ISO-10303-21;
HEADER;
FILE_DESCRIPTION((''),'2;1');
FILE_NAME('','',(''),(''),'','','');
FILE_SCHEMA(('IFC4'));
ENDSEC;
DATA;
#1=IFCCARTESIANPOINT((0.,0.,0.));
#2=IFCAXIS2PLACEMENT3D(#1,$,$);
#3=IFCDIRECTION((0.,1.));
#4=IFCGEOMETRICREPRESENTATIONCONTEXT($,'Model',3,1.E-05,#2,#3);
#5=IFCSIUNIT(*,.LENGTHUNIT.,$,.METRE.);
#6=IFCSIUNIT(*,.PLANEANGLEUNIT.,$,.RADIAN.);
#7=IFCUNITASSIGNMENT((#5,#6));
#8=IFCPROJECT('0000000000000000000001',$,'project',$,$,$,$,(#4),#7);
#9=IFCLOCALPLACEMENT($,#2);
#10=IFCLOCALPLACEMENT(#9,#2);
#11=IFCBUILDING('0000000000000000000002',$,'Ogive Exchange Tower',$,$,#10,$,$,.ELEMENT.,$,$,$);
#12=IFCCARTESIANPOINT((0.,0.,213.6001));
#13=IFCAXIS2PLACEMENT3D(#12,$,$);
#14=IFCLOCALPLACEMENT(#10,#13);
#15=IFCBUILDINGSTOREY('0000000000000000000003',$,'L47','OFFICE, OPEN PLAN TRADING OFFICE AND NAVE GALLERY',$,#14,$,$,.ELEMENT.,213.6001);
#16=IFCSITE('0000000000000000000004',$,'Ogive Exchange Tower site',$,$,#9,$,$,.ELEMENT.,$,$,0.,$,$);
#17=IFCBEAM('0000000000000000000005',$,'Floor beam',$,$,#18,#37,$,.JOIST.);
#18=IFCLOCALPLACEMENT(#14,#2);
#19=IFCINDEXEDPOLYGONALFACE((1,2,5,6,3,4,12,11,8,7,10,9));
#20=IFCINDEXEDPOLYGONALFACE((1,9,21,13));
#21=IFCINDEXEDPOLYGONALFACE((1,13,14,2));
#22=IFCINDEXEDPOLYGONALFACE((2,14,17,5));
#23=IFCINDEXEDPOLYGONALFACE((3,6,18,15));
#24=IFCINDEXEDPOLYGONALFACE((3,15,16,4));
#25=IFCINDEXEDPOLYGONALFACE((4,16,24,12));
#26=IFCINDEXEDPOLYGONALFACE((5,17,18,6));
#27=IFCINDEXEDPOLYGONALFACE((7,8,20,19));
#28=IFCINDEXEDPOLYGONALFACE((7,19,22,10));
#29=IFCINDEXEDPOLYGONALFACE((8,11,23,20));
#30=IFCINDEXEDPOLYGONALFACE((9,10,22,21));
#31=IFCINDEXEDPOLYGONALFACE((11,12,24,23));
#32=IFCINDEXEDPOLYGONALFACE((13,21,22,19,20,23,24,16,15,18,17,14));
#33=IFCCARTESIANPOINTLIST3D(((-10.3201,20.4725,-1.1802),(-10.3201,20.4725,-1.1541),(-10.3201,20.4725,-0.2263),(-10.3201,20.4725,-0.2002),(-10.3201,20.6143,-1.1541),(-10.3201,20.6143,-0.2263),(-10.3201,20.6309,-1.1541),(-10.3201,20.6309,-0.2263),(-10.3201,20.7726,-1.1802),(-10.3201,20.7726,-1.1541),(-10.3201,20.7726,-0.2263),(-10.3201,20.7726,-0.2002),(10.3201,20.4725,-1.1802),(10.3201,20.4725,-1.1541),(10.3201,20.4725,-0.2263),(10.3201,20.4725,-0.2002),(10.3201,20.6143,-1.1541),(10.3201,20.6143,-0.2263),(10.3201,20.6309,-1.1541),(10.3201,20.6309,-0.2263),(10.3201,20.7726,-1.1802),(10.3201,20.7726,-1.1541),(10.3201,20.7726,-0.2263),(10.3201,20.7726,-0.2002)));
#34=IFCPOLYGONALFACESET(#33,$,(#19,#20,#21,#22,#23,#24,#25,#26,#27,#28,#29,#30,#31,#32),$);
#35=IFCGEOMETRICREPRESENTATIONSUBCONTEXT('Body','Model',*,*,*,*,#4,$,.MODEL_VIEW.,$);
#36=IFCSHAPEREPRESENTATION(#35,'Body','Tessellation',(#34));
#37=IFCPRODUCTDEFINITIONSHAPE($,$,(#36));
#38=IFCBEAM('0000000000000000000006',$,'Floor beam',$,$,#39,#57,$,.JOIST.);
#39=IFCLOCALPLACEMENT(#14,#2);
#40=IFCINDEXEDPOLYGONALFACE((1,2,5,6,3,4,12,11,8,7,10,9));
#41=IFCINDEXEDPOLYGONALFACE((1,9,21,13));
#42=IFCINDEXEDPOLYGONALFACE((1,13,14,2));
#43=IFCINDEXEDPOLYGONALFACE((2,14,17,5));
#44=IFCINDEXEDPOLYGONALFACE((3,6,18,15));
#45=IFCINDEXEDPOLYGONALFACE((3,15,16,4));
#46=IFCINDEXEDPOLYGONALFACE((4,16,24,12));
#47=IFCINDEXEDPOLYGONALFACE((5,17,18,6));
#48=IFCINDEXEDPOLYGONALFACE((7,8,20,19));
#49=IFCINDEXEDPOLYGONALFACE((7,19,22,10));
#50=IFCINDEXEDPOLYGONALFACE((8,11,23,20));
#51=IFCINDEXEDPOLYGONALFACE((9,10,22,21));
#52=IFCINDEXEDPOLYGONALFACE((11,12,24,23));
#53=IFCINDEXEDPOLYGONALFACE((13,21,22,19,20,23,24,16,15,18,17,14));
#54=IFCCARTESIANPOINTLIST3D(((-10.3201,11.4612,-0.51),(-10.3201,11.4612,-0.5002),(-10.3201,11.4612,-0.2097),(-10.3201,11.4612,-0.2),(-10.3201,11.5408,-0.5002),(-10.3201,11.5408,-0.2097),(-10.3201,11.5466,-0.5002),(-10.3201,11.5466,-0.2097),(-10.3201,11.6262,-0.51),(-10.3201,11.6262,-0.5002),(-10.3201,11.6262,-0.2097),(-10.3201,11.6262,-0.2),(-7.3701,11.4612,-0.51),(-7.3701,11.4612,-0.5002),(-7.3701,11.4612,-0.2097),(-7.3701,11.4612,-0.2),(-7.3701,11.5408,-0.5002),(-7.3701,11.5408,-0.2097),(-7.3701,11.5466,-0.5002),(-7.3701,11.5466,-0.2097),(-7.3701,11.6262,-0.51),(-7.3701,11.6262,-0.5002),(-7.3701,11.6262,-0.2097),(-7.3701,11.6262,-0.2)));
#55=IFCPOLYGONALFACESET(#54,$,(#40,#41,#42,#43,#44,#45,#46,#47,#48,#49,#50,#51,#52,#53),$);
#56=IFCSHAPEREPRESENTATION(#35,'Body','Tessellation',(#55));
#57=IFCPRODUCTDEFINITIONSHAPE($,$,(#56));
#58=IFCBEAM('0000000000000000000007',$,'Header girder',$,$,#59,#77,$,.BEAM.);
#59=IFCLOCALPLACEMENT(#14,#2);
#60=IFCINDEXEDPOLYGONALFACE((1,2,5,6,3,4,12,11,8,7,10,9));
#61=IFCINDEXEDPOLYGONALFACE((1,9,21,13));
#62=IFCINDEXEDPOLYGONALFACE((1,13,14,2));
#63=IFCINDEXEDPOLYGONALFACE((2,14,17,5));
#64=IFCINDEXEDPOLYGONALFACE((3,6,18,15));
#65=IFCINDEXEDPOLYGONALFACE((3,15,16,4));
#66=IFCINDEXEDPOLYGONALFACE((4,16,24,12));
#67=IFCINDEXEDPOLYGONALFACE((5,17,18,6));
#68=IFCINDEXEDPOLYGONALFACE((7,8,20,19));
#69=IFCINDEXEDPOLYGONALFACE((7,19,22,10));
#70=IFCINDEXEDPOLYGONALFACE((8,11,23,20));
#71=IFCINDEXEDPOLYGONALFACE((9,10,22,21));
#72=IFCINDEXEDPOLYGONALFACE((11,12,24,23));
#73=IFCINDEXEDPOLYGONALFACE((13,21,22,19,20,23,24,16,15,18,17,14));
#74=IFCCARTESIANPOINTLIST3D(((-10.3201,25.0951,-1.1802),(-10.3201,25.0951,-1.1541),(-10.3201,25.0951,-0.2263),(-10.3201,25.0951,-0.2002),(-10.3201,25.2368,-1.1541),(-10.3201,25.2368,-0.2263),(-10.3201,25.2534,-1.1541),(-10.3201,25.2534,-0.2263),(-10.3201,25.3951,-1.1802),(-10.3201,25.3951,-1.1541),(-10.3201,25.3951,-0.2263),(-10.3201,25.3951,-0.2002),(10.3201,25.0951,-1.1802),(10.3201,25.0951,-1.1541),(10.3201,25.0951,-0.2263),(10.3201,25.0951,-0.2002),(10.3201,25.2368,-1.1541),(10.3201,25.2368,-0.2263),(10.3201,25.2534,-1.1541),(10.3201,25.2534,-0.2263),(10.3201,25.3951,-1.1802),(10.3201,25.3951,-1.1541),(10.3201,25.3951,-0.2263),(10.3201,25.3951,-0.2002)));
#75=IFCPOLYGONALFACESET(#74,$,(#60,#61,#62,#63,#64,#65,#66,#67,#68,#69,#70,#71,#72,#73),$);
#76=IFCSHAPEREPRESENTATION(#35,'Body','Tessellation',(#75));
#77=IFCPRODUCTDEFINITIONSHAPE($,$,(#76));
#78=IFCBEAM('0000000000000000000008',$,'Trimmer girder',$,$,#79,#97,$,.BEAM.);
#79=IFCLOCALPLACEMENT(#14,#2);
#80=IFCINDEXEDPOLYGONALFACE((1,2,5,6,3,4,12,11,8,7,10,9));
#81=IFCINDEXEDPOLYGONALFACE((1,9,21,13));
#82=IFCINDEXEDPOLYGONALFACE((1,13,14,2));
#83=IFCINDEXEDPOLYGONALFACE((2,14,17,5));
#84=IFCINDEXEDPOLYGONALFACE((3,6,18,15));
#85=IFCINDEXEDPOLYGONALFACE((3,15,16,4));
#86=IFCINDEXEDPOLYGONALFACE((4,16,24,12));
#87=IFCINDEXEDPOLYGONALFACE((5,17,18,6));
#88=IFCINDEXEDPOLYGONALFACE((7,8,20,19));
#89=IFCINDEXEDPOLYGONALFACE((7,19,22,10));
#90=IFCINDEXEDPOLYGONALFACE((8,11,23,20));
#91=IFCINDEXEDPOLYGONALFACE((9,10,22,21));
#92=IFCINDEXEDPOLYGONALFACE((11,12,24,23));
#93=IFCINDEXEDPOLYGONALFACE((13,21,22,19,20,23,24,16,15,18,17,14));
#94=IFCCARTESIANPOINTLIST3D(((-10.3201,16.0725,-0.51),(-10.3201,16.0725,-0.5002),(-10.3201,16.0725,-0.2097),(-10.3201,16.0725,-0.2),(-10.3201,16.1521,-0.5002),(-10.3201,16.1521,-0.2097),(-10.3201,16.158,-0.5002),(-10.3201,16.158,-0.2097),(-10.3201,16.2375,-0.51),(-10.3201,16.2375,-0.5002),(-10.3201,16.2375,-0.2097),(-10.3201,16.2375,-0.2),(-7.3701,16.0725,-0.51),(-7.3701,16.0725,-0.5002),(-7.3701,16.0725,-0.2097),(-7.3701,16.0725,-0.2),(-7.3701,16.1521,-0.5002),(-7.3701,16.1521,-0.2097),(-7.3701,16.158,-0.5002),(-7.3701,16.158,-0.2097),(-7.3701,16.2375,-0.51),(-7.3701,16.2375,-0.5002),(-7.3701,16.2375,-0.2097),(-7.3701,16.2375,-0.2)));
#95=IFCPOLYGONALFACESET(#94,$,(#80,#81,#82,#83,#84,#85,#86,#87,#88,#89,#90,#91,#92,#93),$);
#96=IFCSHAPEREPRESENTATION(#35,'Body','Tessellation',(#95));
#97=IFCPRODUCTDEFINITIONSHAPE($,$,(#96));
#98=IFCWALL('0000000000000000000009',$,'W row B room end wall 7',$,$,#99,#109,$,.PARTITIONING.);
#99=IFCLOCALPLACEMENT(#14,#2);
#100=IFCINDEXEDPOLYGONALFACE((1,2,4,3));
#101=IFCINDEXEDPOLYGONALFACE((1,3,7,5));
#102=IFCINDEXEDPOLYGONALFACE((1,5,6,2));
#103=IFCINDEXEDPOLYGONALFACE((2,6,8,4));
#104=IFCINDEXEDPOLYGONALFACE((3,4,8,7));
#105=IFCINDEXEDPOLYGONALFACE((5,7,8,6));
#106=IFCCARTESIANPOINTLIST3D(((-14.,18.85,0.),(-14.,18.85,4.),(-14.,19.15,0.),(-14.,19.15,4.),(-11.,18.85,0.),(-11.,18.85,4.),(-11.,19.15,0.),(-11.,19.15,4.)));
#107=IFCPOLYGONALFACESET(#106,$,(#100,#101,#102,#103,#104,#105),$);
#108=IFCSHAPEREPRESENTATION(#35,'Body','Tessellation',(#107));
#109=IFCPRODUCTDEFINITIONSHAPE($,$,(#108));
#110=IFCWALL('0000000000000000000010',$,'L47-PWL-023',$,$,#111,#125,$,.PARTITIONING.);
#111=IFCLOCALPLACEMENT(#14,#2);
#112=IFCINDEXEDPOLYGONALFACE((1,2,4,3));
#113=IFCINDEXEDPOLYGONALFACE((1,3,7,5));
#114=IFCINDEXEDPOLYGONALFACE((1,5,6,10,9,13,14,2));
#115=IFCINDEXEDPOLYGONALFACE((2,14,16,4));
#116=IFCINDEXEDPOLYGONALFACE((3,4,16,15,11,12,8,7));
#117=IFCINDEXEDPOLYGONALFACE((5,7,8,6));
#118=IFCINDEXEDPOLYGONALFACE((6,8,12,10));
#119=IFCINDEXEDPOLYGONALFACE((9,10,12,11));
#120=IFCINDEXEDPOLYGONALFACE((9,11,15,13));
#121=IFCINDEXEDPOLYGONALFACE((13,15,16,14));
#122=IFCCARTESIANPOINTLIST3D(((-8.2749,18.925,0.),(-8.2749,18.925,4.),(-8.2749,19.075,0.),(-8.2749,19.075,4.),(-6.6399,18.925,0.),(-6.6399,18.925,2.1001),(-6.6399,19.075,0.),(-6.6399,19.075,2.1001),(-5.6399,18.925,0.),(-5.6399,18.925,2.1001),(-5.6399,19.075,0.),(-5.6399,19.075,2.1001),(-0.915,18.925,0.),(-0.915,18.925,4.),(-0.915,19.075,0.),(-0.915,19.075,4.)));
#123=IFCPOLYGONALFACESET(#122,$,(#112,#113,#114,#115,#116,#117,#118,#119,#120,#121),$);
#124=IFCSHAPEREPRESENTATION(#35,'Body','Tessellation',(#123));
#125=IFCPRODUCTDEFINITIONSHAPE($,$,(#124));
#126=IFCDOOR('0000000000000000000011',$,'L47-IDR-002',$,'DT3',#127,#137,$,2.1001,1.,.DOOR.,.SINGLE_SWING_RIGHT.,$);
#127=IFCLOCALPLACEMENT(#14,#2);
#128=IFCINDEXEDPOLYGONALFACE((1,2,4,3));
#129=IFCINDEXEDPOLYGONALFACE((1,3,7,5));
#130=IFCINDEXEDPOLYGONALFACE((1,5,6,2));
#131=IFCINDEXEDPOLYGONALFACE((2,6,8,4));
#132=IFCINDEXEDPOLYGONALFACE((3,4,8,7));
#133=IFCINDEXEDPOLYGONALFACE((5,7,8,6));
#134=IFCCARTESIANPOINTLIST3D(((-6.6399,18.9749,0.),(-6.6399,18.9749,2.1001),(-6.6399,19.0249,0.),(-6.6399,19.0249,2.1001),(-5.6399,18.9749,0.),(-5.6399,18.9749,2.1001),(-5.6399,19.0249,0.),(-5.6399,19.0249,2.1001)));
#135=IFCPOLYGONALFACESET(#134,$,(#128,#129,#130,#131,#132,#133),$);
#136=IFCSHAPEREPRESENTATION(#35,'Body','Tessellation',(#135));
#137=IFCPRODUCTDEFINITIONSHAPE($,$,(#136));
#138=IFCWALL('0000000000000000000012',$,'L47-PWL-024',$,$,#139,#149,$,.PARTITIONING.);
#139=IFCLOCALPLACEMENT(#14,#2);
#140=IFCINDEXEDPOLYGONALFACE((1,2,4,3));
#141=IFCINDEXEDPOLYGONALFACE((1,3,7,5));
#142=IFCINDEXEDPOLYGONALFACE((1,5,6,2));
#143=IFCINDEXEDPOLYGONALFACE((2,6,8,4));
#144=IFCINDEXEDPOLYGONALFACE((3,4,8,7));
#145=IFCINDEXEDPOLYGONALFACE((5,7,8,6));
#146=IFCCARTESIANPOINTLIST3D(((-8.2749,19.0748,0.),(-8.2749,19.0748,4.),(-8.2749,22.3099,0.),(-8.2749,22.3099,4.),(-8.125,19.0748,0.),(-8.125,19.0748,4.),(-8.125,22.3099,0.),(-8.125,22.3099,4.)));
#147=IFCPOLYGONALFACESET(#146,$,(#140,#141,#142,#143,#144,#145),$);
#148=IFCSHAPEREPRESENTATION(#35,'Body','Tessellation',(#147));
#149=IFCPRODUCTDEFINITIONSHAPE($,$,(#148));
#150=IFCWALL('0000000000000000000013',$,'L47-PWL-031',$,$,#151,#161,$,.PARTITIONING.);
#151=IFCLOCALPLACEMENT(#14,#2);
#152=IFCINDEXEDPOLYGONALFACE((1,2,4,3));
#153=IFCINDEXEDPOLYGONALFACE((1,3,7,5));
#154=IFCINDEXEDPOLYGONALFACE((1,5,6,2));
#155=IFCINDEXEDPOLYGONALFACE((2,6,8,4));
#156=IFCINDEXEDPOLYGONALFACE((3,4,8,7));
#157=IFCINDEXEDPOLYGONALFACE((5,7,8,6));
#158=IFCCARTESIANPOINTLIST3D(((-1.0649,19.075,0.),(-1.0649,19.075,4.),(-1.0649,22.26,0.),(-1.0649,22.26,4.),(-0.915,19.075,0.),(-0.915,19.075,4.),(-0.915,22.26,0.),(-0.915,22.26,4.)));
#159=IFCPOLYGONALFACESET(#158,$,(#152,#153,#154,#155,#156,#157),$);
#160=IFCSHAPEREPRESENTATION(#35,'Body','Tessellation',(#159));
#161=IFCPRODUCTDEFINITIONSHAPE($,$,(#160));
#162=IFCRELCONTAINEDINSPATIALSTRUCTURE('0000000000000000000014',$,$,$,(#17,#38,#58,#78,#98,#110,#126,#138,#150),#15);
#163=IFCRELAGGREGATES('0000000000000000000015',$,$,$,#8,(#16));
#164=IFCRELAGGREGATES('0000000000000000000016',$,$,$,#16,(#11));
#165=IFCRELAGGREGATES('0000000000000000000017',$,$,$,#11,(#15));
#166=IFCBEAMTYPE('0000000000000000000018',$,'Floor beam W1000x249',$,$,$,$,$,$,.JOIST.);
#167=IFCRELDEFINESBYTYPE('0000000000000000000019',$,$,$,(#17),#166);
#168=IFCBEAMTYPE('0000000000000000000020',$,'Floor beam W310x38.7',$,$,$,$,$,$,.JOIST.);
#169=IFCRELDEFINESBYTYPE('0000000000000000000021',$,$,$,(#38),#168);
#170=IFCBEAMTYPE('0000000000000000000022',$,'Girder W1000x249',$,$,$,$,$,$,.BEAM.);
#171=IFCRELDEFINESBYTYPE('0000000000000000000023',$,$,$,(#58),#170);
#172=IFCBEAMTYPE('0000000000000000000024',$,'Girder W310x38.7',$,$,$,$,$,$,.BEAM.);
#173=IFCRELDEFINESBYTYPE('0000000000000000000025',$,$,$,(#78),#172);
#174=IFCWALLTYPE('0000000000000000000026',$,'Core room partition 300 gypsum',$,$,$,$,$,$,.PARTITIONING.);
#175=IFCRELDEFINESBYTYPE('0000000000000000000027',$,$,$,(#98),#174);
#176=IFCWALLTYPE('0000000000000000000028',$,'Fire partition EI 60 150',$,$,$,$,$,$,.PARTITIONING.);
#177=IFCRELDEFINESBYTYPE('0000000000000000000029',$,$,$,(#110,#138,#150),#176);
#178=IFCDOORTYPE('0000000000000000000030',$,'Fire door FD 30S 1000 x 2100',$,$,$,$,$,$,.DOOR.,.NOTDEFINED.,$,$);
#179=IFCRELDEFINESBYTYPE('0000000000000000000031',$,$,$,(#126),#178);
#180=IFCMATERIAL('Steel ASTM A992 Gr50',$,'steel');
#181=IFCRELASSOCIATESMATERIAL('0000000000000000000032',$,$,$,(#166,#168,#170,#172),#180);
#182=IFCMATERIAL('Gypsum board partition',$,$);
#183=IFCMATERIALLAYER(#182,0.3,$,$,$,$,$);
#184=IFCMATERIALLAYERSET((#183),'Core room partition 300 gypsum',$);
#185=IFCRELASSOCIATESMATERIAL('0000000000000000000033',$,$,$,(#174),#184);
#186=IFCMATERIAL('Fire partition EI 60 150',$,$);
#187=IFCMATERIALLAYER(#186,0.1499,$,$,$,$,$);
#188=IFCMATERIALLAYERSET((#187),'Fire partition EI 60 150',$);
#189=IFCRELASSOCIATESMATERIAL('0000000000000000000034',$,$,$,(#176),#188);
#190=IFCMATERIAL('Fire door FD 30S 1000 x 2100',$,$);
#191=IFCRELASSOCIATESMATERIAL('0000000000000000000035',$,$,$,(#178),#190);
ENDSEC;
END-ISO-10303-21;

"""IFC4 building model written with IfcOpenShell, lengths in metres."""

from ifc_helpers import new_model, si_unit, direction, frame, frame_2d, origin, origin_2d, place, context, subcontext, project, spatial, rectangle, i_section, extrude, material, layer, layer_set, material_profile, profile_set, type_object, element, fill, save


model = new_model("IFC4")

# Units and contexts
model_context = context("Model", 3, precision=1e-05, world=origin(), true_north=direction((0.0, 1.0)))
body_context = subcontext(model_context, "Body", "Model", "MODEL_VIEW")
ifc_project = project(units=[si_unit("LENGTHUNIT", "METRE"), si_unit("PLANEANGLEUNIT", "RADIAN")], contexts=[model_context])

# Site, building, storey
site_placement = place(None, origin())
site = spatial("IfcSite", under=ifc_project, at=site_placement, Name="Ogive Exchange Tower site", CompositionType="ELEMENT", RefElevation=0.0)
building_placement = place(site_placement, origin())
building = spatial("IfcBuilding", under=site, at=building_placement, Name="Ogive Exchange Tower", CompositionType="ELEMENT")
storey_placement = place(building_placement, frame((0.0, 0.0, 213.6001)))
storey = spatial("IfcBuildingStorey", under=building, at=storey_placement, Name="L47", Description="OFFICE, OPEN PLAN TRADING OFFICE AND NAVE GALLERY", CompositionType="ELEMENT", Elevation=213.6001)

# Beams
ifc_material_1 = material(Name="Steel ASTM A992 Gr50", Category="steel")
ifc_material_profile_1 = material_profile(ifc_material_1, i_section(OverallWidth=0.3, OverallDepth=0.98, WebThickness=0.0166, FlangeThickness=0.0261, at=origin_2d()), Name="W1000x249")
ifc_profile_set_1 = profile_set([ifc_material_profile_1], Name="Steel ASTM A992 Gr50")
beam_type_1 = type_object("IfcBeamType", Name="Floor beam W1000x249", PredefinedType="JOIST", material=ifc_profile_set_1)
beam_1_placement = place(storey_placement, frame((-10.3201, 20.6226, -0.6902), z_axis=(1.0, 0.0, 0.0), x_axis=(0.0, 1.0, 0.0)))
element("IfcBeam", 1, at=beam_1_placement, inside=storey, type_object=beam_type_1, Name="Floor beam", PredefinedType="JOIST", context=body_context, shape_type="SweptSolid", body=[
    extrude(i_section(OverallWidth=0.3, OverallDepth=0.98, WebThickness=0.0166, FlangeThickness=0.0261, at=origin_2d()), origin(), (0.0, 0.0, 1.0), 20.6401),
])
ifc_material_profile_2 = material_profile(ifc_material_1, i_section(OverallWidth=0.165, OverallDepth=0.3101, WebThickness=0.0059, FlangeThickness=0.0098, at=origin_2d()), Name="W310x38.7")
ifc_profile_set_2 = profile_set([ifc_material_profile_2], Name="Steel ASTM A992 Gr50")
beam_type_2 = type_object("IfcBeamType", Name="Floor beam W310x38.7", PredefinedType="JOIST", material=ifc_profile_set_2)
beam_2_placement = place(storey_placement, frame((-10.3201, 11.5437, -0.355), z_axis=(1.0, 0.0, 0.0), x_axis=(0.0, 1.0, 0.0)))
element("IfcBeam", 2, at=beam_2_placement, inside=storey, type_object=beam_type_2, Name="Floor beam", PredefinedType="JOIST", context=body_context, shape_type="SweptSolid", body=[
    extrude(i_section(OverallWidth=0.165, OverallDepth=0.3101, WebThickness=0.0059, FlangeThickness=0.0098, at=origin_2d()), origin(), (0.0, 0.0, 1.0), 2.95),
])
ifc_material_profile_3 = material_profile(ifc_material_1, i_section(OverallWidth=0.3, OverallDepth=0.98, WebThickness=0.0166, FlangeThickness=0.0261, at=origin_2d()), Name="W1000x249")
ifc_profile_set_3 = profile_set([ifc_material_profile_3], Name="Steel ASTM A992 Gr50")
beam_type_3 = type_object("IfcBeamType", Name="Girder W1000x249", PredefinedType="BEAM", material=ifc_profile_set_3)
beam_3_placement = place(storey_placement, frame((-10.3201, 25.2451, -0.6902), z_axis=(1.0, 0.0, 0.0), x_axis=(0.0, 1.0, 0.0)))
element("IfcBeam", 3, at=beam_3_placement, inside=storey, type_object=beam_type_3, Name="Header girder", PredefinedType="BEAM", context=body_context, shape_type="SweptSolid", body=[
    extrude(i_section(OverallWidth=0.3, OverallDepth=0.98, WebThickness=0.0166, FlangeThickness=0.0261, at=origin_2d()), origin(), (0.0, 0.0, 1.0), 20.6401),
])
ifc_material_profile_4 = material_profile(ifc_material_1, i_section(OverallWidth=0.165, OverallDepth=0.3101, WebThickness=0.0059, FlangeThickness=0.0098, at=origin_2d()), Name="W310x38.7")
ifc_profile_set_4 = profile_set([ifc_material_profile_4], Name="Steel ASTM A992 Gr50")
beam_type_4 = type_object("IfcBeamType", Name="Girder W310x38.7", PredefinedType="BEAM", material=ifc_profile_set_4)
beam_4_placement = place(storey_placement, frame((-10.3201, 16.155, -0.355), z_axis=(1.0, 0.0, 0.0), x_axis=(0.0, 1.0, 0.0)))
element("IfcBeam", 4, at=beam_4_placement, inside=storey, type_object=beam_type_4, Name="Trimmer girder", PredefinedType="BEAM", context=body_context, shape_type="SweptSolid", body=[
    extrude(i_section(OverallWidth=0.165, OverallDepth=0.3101, WebThickness=0.0059, FlangeThickness=0.0098, at=origin_2d()), origin(), (0.0, 0.0, 1.0), 2.95),
])

# Wall
ifc_material_2 = material(Name="Gypsum board partition")
ifc_layer_1 = layer(ifc_material_2, 0.3)
ifc_layer_set_1 = layer_set([ifc_layer_1], Name="Core room partition 300 gypsum")
wall_type_1 = type_object("IfcWallType", Name="Core room partition 300 gypsum", PredefinedType="PARTITIONING", material=ifc_layer_set_1)
wall_1_placement = place(storey_placement, frame((-14.0, 19.0, 0.0), z_axis=(0.0, 0.0, 1.0), x_axis=(1.0, 0.0, 0.0)))
element("IfcWall", 5, at=wall_1_placement, inside=storey, type_object=wall_type_1, Name="W row B room end wall 7", PredefinedType="PARTITIONING", context=body_context, shape_type="SweptSolid", body=[
    extrude(rectangle(XDim=3.0, YDim=0.3, at=frame_2d((1.5, 0.0))), origin(), (0.0, 0.0, 1.0), 4.0),
])

# Wall, opening, door
ifc_material_3 = material(Name="Fire partition EI 60 150")
ifc_layer_2 = layer(ifc_material_3, 0.1499)
ifc_layer_set_2 = layer_set([ifc_layer_2], Name="Fire partition EI 60 150")
wall_type_2 = type_object("IfcWallType", Name="Fire partition EI 60 150", PredefinedType="PARTITIONING", material=ifc_layer_set_2)
wall_2_placement = place(storey_placement, frame((-8.2749, 19.0, 0.0), z_axis=(0.0, 0.0, 1.0), x_axis=(1.0, 0.0, 0.0)))
wall_2 = element("IfcWall", 6, at=wall_2_placement, inside=storey, type_object=wall_type_2, Name="L47-PWL-023", PredefinedType="PARTITIONING", context=body_context, shape_type="SweptSolid", body=[
    extrude(rectangle(XDim=7.3599, YDim=0.1499, at=frame_2d((3.6799, 0.0))), origin(), (0.0, 0.0, 1.0), 4.0),
])
opening_1_placement = place(wall_2_placement, frame((1.635, 0.0, 0.0)))
opening_1 = element("IfcOpeningElement", 7, at=opening_1_placement, cuts=wall_2, PredefinedType="OPENING", context=body_context, shape_type="SweptSolid", body=[
    extrude(rectangle(XDim=1.0, YDim=2.1001, at=frame_2d((0.5, 1.05))), frame((0.0, 0.085, 0.0), z_axis=(0.0, -1.0, 0.0), x_axis=(1.0, 0.0, 0.0)), (0.0, 0.0, 1.0), 0.1699),
])
ifc_material_4 = material(Name="Fire door FD 30S 1000 x 2100")
door_type_1 = type_object("IfcDoorType", Name="Fire door FD 30S 1000 x 2100", OperationType="NOTDEFINED", PredefinedType="DOOR", material=ifc_material_4)
door_1_placement = place(opening_1_placement, origin())
door_1 = element("IfcDoor", 8, at=door_1_placement, inside=storey, type_object=door_type_1, Name="L47-IDR-002", ObjectType="DT3", OperationType="SINGLE_SWING_RIGHT", OverallHeight=2.1001, OverallWidth=1.0, PredefinedType="DOOR", context=body_context, shape_type="SweptSolid", body=[
    extrude(rectangle(XDim=1.0, YDim=2.1001, at=frame_2d((0.5, 1.05))), frame((0.0, 0.0249, 0.0), z_axis=(0.0, -1.0, 0.0), x_axis=(1.0, 0.0, 0.0)), (0.0, 0.0, 1.0), 0.05),
])
fill(opening_1, door_1)

# Walls
wall_3_placement = place(storey_placement, frame((-8.2, 22.3101, 0.0), z_axis=(0.0, 0.0, 1.0), x_axis=(0.0, -1.0, 0.0)))
element("IfcWall", 9, at=wall_3_placement, inside=storey, type_object=wall_type_2, Name="L47-PWL-024", PredefinedType="PARTITIONING", context=body_context, shape_type="SweptSolid", body=[
    extrude(rectangle(XDim=3.2351, YDim=0.1499, at=frame_2d((1.6177, 0.0))), origin(), (0.0, 0.0, 1.0), 4.0),
])
wall_4_placement = place(storey_placement, frame((-0.99, 19.075, 0.0), z_axis=(0.0, 0.0, 1.0), x_axis=(0.0, 1.0, 0.0)))
element("IfcWall", 10, at=wall_4_placement, inside=storey, type_object=wall_type_2, Name="L47-PWL-031", PredefinedType="PARTITIONING", context=body_context, shape_type="SweptSolid", body=[
    extrude(rectangle(XDim=3.1851, YDim=0.1499, at=frame_2d((1.5925, 0.0))), origin(), (0.0, 0.0, 1.0), 4.0),
])

save(model, "model.ifc")
